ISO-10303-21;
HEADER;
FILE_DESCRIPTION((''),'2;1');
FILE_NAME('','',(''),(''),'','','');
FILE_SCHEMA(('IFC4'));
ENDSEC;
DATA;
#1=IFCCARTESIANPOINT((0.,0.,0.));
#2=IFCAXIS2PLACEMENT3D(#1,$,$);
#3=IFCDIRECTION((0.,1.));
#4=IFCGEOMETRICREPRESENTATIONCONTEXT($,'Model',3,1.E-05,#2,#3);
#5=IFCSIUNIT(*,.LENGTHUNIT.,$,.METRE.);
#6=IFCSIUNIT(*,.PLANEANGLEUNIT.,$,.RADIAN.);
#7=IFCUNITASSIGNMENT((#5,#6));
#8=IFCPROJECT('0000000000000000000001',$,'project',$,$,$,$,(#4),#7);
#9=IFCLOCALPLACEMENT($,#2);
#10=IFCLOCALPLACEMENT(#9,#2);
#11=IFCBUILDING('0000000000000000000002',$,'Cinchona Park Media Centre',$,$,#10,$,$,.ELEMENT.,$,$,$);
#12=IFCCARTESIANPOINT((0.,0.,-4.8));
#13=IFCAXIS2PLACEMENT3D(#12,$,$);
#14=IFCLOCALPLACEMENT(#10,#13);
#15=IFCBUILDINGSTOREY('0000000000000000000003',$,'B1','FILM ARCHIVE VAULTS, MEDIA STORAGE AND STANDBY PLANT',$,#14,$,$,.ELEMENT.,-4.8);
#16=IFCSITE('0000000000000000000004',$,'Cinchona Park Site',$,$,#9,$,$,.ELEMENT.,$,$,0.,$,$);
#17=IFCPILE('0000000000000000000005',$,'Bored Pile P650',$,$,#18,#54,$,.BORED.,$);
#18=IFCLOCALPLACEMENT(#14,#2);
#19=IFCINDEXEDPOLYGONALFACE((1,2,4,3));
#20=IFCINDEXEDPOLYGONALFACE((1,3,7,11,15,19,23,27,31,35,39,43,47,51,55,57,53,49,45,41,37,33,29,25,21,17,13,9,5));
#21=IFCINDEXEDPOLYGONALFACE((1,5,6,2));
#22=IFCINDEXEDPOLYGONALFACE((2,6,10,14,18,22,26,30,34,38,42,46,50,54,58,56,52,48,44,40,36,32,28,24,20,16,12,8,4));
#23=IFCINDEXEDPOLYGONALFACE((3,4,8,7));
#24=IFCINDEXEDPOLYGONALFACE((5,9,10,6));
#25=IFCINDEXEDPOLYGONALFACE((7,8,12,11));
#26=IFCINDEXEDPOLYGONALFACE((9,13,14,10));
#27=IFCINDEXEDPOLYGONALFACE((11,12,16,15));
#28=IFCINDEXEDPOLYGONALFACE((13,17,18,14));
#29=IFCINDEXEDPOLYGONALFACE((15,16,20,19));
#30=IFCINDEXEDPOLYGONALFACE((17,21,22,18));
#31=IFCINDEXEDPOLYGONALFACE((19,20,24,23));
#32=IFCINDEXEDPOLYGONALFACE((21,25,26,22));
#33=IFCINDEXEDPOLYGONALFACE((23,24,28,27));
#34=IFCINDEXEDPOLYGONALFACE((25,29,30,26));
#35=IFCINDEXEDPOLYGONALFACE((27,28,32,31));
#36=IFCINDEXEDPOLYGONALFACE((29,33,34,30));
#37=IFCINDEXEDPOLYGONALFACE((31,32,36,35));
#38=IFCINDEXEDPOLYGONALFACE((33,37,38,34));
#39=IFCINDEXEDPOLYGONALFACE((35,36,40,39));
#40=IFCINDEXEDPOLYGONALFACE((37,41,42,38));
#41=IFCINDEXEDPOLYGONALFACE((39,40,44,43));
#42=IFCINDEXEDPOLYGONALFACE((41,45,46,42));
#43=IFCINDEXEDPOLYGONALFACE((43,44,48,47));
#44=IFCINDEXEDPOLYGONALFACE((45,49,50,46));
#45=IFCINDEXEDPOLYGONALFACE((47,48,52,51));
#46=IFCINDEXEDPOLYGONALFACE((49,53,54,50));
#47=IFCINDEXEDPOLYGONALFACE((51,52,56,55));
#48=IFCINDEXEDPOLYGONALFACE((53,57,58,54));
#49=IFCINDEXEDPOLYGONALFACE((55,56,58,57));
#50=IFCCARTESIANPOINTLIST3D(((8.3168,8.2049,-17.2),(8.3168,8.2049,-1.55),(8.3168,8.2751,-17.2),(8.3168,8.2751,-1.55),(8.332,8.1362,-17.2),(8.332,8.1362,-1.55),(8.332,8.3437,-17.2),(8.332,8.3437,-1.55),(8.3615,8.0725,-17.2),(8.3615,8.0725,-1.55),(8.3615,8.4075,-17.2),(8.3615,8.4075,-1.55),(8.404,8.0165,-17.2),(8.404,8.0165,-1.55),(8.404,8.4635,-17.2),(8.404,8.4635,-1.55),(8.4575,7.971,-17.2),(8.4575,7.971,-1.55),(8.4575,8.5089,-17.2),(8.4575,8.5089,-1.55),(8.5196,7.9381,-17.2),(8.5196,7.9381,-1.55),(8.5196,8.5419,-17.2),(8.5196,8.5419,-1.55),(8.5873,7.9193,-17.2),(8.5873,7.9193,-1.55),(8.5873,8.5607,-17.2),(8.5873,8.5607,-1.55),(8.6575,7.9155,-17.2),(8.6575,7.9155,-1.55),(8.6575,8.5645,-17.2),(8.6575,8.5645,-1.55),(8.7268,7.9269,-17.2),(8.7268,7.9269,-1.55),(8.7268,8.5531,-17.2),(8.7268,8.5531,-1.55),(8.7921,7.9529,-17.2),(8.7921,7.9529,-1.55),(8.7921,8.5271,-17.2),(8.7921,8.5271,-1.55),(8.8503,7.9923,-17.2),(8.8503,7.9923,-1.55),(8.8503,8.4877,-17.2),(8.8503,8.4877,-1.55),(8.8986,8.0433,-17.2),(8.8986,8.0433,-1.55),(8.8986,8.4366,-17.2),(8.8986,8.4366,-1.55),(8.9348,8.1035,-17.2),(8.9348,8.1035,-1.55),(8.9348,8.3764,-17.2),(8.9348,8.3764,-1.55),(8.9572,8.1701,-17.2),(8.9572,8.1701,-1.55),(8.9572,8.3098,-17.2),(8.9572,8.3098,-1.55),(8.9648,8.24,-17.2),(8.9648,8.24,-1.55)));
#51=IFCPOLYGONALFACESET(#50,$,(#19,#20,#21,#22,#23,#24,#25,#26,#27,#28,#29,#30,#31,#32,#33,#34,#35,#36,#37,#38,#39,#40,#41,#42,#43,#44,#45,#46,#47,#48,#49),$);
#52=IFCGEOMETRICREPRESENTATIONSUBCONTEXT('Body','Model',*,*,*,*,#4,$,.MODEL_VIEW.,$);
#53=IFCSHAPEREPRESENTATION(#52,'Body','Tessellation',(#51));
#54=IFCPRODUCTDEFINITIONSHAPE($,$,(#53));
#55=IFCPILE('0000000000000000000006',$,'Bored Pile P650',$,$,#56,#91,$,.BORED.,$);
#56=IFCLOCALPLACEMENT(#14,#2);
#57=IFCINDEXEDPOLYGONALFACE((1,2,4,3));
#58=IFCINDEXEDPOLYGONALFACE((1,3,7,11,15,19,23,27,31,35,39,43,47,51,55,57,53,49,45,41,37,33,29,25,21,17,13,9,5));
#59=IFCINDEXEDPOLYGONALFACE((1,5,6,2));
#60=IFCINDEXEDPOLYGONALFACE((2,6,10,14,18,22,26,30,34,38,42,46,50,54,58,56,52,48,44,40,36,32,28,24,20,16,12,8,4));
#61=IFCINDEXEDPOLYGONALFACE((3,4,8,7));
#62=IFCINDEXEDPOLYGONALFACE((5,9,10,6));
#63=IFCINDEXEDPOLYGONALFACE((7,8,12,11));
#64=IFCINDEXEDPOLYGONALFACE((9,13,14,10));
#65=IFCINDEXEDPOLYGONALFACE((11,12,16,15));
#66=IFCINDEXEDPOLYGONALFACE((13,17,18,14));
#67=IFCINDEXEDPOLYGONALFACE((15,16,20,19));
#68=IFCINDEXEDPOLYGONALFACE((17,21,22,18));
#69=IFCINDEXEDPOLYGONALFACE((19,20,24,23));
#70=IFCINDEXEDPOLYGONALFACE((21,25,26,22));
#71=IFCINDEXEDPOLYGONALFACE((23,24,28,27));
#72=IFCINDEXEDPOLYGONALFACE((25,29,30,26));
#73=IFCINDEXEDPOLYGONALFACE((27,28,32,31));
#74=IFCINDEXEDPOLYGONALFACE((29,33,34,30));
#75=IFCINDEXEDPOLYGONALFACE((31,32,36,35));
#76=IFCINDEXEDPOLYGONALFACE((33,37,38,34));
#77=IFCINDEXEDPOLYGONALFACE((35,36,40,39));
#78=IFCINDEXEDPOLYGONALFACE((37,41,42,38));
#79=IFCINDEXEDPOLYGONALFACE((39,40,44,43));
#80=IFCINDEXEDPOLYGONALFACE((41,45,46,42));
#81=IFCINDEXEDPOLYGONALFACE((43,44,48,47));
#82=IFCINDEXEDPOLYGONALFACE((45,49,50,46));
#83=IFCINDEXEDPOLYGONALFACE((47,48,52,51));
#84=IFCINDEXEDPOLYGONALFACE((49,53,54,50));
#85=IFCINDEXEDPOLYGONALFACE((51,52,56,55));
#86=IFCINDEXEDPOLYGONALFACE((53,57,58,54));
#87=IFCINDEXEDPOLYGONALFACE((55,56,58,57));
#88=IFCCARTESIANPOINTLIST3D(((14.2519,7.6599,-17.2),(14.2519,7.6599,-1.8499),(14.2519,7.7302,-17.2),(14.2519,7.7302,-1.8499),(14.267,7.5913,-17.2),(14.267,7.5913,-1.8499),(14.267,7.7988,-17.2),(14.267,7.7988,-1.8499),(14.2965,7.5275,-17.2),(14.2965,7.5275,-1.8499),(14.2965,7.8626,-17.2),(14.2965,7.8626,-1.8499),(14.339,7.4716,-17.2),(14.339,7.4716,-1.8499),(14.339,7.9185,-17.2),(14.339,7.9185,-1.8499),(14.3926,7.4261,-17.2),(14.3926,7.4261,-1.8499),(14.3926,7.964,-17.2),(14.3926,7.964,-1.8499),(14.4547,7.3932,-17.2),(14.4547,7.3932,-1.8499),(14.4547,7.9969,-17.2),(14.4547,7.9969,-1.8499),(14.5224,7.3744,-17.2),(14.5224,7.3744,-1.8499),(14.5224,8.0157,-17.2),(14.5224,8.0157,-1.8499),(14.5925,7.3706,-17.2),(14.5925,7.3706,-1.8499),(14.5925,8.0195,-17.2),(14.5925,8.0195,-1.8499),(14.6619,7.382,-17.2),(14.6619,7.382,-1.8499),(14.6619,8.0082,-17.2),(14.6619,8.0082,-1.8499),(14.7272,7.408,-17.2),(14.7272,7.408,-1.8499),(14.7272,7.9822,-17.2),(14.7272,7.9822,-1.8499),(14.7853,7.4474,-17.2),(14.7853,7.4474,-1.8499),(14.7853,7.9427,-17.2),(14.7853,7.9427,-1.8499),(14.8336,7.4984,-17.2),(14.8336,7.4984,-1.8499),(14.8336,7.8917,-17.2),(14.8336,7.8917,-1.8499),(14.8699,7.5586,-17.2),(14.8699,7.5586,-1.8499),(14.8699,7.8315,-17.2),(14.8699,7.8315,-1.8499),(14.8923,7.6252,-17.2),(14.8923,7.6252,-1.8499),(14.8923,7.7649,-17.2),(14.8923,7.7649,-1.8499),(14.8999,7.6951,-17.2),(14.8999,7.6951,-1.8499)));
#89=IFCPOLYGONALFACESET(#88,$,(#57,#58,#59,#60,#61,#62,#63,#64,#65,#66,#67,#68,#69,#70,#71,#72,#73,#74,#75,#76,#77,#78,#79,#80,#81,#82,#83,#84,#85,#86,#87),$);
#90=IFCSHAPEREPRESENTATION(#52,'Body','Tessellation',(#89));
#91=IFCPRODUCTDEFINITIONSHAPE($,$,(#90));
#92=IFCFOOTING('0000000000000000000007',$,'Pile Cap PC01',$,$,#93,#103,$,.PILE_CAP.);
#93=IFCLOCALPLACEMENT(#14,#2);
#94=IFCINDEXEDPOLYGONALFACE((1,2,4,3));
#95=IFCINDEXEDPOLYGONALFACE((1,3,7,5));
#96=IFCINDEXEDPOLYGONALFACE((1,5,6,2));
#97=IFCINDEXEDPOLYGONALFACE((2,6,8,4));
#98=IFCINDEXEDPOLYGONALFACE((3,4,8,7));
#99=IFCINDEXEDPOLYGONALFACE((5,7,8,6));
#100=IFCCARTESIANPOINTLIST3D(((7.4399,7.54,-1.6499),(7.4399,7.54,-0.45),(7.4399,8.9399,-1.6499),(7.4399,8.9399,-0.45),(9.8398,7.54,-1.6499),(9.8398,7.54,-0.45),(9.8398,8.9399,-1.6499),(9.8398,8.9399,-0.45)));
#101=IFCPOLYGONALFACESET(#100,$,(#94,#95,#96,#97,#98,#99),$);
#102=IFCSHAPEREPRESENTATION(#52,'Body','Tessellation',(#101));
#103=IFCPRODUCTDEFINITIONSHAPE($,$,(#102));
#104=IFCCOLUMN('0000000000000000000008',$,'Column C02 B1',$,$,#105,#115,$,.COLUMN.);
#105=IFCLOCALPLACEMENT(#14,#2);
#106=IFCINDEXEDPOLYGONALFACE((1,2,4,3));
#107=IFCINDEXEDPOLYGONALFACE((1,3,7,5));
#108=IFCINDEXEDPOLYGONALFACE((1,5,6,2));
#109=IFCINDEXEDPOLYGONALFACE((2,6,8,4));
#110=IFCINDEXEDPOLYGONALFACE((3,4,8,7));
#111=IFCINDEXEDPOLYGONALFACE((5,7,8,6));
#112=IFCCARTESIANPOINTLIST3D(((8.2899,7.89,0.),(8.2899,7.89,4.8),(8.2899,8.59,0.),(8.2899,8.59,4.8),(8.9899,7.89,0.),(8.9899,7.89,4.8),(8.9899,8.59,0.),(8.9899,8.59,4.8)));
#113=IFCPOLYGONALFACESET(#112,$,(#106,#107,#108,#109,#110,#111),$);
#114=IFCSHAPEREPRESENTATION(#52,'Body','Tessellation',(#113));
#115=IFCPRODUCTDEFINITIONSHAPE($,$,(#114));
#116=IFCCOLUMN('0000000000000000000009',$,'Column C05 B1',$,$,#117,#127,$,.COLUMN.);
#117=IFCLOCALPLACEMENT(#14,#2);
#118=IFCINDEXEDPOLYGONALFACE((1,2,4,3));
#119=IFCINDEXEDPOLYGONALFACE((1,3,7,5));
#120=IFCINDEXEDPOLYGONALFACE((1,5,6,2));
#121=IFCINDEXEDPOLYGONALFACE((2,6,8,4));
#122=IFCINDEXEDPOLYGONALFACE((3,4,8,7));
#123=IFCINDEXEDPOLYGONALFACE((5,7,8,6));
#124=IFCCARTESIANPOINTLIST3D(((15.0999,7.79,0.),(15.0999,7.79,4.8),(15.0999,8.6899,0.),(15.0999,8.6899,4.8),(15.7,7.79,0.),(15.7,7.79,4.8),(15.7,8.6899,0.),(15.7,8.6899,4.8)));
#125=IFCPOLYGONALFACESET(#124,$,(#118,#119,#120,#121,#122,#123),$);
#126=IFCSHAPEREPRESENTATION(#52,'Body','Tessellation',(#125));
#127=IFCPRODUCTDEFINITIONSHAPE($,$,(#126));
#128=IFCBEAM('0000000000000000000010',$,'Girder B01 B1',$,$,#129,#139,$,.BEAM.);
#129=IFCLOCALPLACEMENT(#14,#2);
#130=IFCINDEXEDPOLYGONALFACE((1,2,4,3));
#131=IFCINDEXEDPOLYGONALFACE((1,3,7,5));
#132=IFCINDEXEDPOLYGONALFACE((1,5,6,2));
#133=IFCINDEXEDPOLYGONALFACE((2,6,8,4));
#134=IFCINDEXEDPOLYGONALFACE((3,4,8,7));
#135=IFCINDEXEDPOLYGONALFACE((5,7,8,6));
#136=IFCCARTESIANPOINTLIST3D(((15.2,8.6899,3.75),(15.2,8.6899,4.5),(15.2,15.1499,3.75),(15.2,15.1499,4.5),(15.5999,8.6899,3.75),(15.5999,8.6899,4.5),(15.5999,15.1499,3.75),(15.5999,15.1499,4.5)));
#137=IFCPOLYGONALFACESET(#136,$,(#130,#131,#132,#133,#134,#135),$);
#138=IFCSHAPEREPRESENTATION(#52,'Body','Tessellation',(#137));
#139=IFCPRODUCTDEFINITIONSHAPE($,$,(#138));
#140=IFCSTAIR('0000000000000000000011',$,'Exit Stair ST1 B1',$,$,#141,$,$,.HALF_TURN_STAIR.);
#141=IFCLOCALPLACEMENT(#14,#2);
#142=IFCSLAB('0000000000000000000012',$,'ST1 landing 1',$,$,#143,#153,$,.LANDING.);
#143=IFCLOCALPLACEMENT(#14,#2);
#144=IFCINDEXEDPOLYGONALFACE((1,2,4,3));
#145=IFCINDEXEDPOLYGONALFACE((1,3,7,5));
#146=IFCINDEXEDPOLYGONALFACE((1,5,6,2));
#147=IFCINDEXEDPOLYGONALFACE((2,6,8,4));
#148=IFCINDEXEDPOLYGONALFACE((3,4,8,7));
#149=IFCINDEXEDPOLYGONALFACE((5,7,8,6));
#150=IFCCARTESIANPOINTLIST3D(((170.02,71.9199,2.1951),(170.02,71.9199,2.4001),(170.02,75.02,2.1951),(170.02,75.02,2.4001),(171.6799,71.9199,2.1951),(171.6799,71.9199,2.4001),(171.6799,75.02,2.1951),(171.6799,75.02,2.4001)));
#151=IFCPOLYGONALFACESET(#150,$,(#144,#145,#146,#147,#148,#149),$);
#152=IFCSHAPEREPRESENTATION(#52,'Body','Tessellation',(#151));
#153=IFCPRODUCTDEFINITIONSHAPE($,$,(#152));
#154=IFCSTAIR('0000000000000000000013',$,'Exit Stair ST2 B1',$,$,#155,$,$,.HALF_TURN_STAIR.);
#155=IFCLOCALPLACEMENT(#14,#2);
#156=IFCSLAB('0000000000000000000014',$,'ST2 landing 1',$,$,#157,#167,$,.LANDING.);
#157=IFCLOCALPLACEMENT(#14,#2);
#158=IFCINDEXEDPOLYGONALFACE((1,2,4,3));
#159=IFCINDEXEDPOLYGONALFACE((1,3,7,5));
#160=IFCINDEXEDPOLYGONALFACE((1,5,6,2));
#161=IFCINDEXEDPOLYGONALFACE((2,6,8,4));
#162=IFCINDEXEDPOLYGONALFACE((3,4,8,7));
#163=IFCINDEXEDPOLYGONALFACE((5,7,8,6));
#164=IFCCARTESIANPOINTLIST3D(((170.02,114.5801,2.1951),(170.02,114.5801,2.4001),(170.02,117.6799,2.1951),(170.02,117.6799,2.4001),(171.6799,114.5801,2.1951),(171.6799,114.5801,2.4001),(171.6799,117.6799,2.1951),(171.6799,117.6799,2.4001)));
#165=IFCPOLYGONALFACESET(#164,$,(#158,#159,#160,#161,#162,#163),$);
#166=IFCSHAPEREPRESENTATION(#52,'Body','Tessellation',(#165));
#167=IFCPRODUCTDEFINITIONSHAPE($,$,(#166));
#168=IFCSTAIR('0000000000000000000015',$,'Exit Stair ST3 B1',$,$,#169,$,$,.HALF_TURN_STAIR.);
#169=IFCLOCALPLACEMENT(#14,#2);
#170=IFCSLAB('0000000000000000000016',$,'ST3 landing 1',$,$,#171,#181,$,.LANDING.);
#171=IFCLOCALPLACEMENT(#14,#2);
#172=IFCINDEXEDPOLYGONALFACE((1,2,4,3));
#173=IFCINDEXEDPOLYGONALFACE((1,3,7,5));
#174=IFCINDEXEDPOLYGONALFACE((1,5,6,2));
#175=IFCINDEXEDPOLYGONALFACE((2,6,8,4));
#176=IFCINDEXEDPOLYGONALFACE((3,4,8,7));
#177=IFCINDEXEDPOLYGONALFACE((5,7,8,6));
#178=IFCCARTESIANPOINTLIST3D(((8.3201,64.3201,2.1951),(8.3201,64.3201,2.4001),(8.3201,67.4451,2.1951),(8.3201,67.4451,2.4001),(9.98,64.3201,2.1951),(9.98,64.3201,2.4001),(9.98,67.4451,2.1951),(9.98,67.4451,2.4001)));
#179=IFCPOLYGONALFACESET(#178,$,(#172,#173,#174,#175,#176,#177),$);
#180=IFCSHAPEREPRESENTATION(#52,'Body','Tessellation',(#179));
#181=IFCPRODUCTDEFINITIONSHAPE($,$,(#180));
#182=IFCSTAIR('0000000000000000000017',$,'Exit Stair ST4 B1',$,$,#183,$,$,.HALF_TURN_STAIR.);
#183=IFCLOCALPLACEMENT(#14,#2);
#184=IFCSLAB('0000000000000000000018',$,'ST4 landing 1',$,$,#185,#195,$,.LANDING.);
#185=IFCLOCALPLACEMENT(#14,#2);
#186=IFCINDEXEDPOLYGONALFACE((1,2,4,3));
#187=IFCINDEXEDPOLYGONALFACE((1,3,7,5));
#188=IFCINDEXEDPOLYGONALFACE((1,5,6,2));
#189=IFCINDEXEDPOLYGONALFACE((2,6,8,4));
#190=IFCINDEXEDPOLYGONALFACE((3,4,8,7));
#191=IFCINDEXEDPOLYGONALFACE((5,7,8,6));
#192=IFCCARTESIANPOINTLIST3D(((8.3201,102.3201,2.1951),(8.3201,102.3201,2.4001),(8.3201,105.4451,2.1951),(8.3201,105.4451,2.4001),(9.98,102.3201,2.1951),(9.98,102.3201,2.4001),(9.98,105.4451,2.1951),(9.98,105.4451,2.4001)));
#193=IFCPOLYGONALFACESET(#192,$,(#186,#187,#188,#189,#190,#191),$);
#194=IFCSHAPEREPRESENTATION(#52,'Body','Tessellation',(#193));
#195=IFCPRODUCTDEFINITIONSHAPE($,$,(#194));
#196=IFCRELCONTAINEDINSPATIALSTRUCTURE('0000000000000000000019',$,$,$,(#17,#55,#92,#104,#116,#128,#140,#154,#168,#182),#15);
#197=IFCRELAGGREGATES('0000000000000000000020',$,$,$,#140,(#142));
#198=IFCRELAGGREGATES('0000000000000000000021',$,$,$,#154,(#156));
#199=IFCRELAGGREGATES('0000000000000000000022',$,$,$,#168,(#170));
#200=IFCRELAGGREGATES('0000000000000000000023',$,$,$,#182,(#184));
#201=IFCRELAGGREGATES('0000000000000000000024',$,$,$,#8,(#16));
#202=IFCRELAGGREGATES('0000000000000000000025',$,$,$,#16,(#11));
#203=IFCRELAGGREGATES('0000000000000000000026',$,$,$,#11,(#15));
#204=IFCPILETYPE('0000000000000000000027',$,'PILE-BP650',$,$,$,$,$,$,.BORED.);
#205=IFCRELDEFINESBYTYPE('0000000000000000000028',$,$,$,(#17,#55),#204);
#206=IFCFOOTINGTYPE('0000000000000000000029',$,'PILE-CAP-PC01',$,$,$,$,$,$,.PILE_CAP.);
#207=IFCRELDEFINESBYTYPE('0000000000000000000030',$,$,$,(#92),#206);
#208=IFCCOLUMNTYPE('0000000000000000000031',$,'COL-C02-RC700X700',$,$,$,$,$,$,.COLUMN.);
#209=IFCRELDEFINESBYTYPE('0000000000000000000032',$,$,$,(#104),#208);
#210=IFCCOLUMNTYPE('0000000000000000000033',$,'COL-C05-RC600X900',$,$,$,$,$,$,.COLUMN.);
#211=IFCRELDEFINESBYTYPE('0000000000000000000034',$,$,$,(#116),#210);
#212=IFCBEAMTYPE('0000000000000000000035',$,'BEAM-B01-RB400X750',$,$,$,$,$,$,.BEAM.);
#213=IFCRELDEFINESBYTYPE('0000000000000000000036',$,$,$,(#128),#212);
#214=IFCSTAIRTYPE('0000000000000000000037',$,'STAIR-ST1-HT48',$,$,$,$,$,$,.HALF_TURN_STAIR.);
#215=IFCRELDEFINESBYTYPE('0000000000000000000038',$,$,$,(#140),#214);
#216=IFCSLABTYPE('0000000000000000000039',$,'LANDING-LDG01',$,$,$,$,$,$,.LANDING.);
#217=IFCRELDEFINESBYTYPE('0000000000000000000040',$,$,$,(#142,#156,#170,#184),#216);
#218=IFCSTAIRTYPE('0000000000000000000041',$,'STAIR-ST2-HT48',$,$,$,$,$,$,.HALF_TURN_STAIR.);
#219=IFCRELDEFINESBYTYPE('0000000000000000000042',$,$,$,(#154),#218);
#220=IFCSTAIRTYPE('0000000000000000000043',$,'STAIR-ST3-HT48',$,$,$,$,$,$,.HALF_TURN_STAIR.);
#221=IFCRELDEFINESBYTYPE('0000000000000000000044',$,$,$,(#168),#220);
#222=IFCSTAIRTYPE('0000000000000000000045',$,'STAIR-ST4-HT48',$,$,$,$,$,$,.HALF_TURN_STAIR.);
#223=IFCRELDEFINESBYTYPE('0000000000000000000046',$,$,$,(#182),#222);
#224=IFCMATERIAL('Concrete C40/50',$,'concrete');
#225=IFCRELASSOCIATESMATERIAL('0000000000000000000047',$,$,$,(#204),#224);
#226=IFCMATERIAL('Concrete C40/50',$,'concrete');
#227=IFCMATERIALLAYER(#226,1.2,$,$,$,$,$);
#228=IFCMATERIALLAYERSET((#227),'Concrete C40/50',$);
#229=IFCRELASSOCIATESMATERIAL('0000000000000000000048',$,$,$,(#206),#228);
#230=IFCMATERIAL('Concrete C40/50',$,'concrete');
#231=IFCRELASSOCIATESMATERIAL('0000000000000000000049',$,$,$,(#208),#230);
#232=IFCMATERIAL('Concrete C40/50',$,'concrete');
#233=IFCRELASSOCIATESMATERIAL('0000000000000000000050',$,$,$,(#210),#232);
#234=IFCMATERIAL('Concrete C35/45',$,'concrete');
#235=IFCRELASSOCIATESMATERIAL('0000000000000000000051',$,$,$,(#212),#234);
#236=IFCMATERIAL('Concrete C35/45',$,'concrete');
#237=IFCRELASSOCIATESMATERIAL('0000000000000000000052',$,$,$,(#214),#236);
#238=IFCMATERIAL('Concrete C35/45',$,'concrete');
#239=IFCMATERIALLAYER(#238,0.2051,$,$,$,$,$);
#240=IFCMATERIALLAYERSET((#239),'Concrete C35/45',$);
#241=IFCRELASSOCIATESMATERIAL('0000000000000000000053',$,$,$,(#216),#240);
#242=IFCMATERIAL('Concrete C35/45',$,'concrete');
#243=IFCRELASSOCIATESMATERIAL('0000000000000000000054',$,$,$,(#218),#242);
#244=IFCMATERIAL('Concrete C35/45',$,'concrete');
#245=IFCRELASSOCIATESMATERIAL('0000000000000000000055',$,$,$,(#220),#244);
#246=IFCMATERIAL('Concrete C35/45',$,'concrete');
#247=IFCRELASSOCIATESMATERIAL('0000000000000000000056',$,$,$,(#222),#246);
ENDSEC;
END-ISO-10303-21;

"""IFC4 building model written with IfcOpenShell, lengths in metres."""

from ifc_helpers import new_model, si_unit, direction, frame, origin, origin_2d, place, context, subcontext, project, spatial, polyline, rectangle, circle, outline, extrude, material, layer, layer_set, material_profile, profile_set, type_object, element, aggregate, save


model = new_model("IFC4")

# Units and contexts
model_context = context("Model", 3, precision=1e-05, world=origin(), true_north=direction((0.0, 1.0)))
body_context = subcontext(model_context, "Body", "Model", "MODEL_VIEW")
ifc_project = project(units=[si_unit("LENGTHUNIT", "METRE"), si_unit("PLANEANGLEUNIT", "RADIAN")], contexts=[model_context])

# Site, building, storey
site_placement = place(None, origin())
site = spatial("IfcSite", under=ifc_project, at=site_placement, Name="Cinchona Park Site", CompositionType="ELEMENT", RefElevation=0.0)
building_placement = place(site_placement, origin())
building = spatial("IfcBuilding", under=site, at=building_placement, Name="Cinchona Park Media Centre", CompositionType="ELEMENT")
storey_placement = place(building_placement, frame((0.0, 0.0, -4.8)))
storey = spatial("IfcBuildingStorey", under=building, at=storey_placement, Name="B1", Description="FILM ARCHIVE VAULTS, MEDIA STORAGE AND STANDBY PLANT", CompositionType="ELEMENT", Elevation=-4.8)

# Piles
ifc_material_1 = material(Name="Concrete C40/50", Category="concrete")
ifc_material_profile_1 = material_profile(ifc_material_1, circle(Radius=0.325, at=origin_2d()), Name="BORED PILE 650")
ifc_profile_set_1 = profile_set([ifc_material_profile_1], Name="Concrete C40/50")
pile_type = type_object("IfcPileType", Name="PILE-BP650", PredefinedType="BORED", material=ifc_profile_set_1)
pile_1_placement = place(storey_placement, frame((8.6399, 8.24, -1.55), z_axis=(0.0, 0.0, -1.0), x_axis=(1.0, 0.0, 0.0)))
element("IfcPile", 1, at=pile_1_placement, inside=storey, type_object=pile_type, Name="Bored Pile P650", PredefinedType="BORED", context=body_context, shape_type="SweptSolid", body=[
    extrude(circle(Radius=0.325, at=origin_2d()), origin(), (0.0, 0.0, 1.0), 15.6499),
])
pile_2_placement = place(storey_placement, frame((14.575, 7.6951, -1.8499), z_axis=(0.0, 0.0, -1.0), x_axis=(1.0, 0.0, 0.0)))
element("IfcPile", 2, at=pile_2_placement, inside=storey, type_object=pile_type, Name="Bored Pile P650", PredefinedType="BORED", context=body_context, shape_type="SweptSolid", body=[
    extrude(circle(Radius=0.325, at=origin_2d()), origin(), (0.0, 0.0, 1.0), 15.3501),
])

# Footing
ifc_material_2 = material(Name="Concrete C40/50", Category="concrete")
ifc_layer_1 = layer(ifc_material_2, 1.2)
ifc_layer_set_1 = layer_set([ifc_layer_1], Name="Concrete C40/50")
footing_type = type_object("IfcFootingType", Name="PILE-CAP-PC01", PredefinedType="PILE_CAP", material=ifc_layer_set_1)
footing_placement = place(storey_placement, frame((8.6399, 8.24, -1.6499), z_axis=(0.0, 0.0, 1.0), x_axis=(1.0, 0.0, 0.0)))
element("IfcFooting", 3, at=footing_placement, inside=storey, type_object=footing_type, Name="Pile Cap PC01", PredefinedType="PILE_CAP", context=body_context, shape_type="SweptSolid", body=[
    extrude(rectangle(XDim=2.3999, YDim=1.3999, at=origin_2d()), origin(), (0.0, 0.0, 1.0), 1.2),
])

# Columns
ifc_material_3 = material(Name="Concrete C40/50", Category="concrete")
ifc_material_profile_2 = material_profile(ifc_material_3, rectangle(XDim=0.7, YDim=0.7, at=origin_2d()), Name="RC 700X700")
ifc_profile_set_2 = profile_set([ifc_material_profile_2], Name="Concrete C40/50")
column_type_1 = type_object("IfcColumnType", Name="COL-C02-RC700X700", PredefinedType="COLUMN", material=ifc_profile_set_2)
column_1_placement = place(storey_placement, frame((8.6399, 8.24, 0.0), z_axis=(0.0, 0.0, 1.0), x_axis=(1.0, 0.0, 0.0)))
element("IfcColumn", 4, at=column_1_placement, inside=storey, type_object=column_type_1, Name="Column C02 B1", PredefinedType="COLUMN", context=body_context, shape_type="SweptSolid", body=[
    extrude(rectangle(XDim=0.7, YDim=0.7, at=origin_2d()), origin(), (0.0, 0.0, 1.0), 4.8),
])
ifc_material_4 = material(Name="Concrete C40/50", Category="concrete")
ifc_material_profile_3 = material_profile(ifc_material_4, rectangle(XDim=0.6001, YDim=0.8999, at=origin_2d()), Name="RC 600X900")
ifc_profile_set_3 = profile_set([ifc_material_profile_3], Name="Concrete C40/50")
column_type_2 = type_object("IfcColumnType", Name="COL-C05-RC600X900", PredefinedType="COLUMN", material=ifc_profile_set_3)
column_2_placement = place(storey_placement, frame((15.3999, 8.24, 0.0), z_axis=(0.0, 0.0, 1.0), x_axis=(1.0, 0.0, 0.0)))
element("IfcColumn", 5, at=column_2_placement, inside=storey, type_object=column_type_2, Name="Column C05 B1", PredefinedType="COLUMN", context=body_context, shape_type="SweptSolid", body=[
    extrude(rectangle(XDim=0.6001, YDim=0.8999, at=origin_2d()), origin(), (0.0, 0.0, 1.0), 4.8),
])

# Beam
ifc_material_5 = material(Name="Concrete C35/45", Category="concrete")
ifc_material_profile_4 = material_profile(ifc_material_5, rectangle(XDim=0.3999, YDim=0.75, at=origin_2d()), Name="RB 400X750")
ifc_profile_set_4 = profile_set([ifc_material_profile_4], Name="Concrete C35/45")
beam_type = type_object("IfcBeamType", Name="BEAM-B01-RB400X750", PredefinedType="BEAM", material=ifc_profile_set_4)
beam_placement = place(storey_placement, frame((15.3999, 8.6899, 4.125), z_axis=(0.0, 1.0, 0.0), x_axis=(-1.0, 0.0, 0.0)))
element("IfcBeam", 6, at=beam_placement, inside=storey, type_object=beam_type, Name="Girder B01 B1", PredefinedType="BEAM", context=body_context, shape_type="SweptSolid", body=[
    extrude(rectangle(XDim=0.3999, YDim=0.75, at=origin_2d()), origin(), (0.0, 0.0, 1.0), 6.46),
])

# Stairs, slabs
ifc_material_6 = material(Name="Concrete C35/45", Category="concrete")
stair_type_1 = type_object("IfcStairType", Name="STAIR-ST1-HT48", PredefinedType="HALF_TURN_STAIR", material=ifc_material_6)
stair_1_placement = place(storey_placement, origin())
stair_1 = element("IfcStair", 7, at=stair_1_placement, inside=storey, type_object=stair_type_1, Name="Exit Stair ST1 B1", PredefinedType="HALF_TURN_STAIR")
ifc_material_7 = material(Name="Concrete C35/45", Category="concrete")
ifc_layer_2 = layer(ifc_material_7, 0.2051)
ifc_layer_set_2 = layer_set([ifc_layer_2], Name="Concrete C35/45")
slab_type_1 = type_object("IfcSlabType", Name="LANDING-LDG01", PredefinedType="LANDING", material=ifc_layer_set_2)
slab_1_placement = place(storey_placement, frame((0.0, 0.0, 2.1951)))
slab_1 = element("IfcSlab", 8, at=slab_1_placement, type_object=slab_type_1, Name="ST1 landing 1", PredefinedType="LANDING", context=body_context, shape_type="SweptSolid", body=[
    extrude(outline(polyline([(170.02, 71.9199), (171.6799, 71.9199), (171.6799, 75.02), (170.02, 75.02), (170.02, 71.9199)])), origin(), (0.0, 0.0, 1.0), 0.2051),
])
aggregate(stair_1, [slab_1])
ifc_material_8 = material(Name="Concrete C35/45", Category="concrete")
stair_type_2 = type_object("IfcStairType", Name="STAIR-ST2-HT48", PredefinedType="HALF_TURN_STAIR", material=ifc_material_8)
stair_2_placement = place(storey_placement, origin())
stair_2 = element("IfcStair", 9, at=stair_2_placement, inside=storey, type_object=stair_type_2, Name="Exit Stair ST2 B1", PredefinedType="HALF_TURN_STAIR")
slab_2_placement = place(storey_placement, frame((0.0, 0.0, 2.1951)))
slab_2 = element("IfcSlab", 10, at=slab_2_placement, type_object=slab_type_1, Name="ST2 landing 1", PredefinedType="LANDING", context=body_context, shape_type="SweptSolid", body=[
    extrude(outline(polyline([(170.02, 114.5801), (171.6799, 114.5801), (171.6799, 117.6799), (170.02, 117.6799), (170.02, 114.5801)])), origin(), (0.0, 0.0, 1.0), 0.2051),
])
aggregate(stair_2, [slab_2])
ifc_material_9 = material(Name="Concrete C35/45", Category="concrete")
stair_type_3 = type_object("IfcStairType", Name="STAIR-ST3-HT48", PredefinedType="HALF_TURN_STAIR", material=ifc_material_9)
stair_3_placement = place(storey_placement, origin())
stair_3 = element("IfcStair", 11, at=stair_3_placement, inside=storey, type_object=stair_type_3, Name="Exit Stair ST3 B1", PredefinedType="HALF_TURN_STAIR")
slab_3_placement = place(storey_placement, frame((0.0, 0.0, 2.1951)))
slab_3 = element("IfcSlab", 12, at=slab_3_placement, type_object=slab_type_1, Name="ST3 landing 1", PredefinedType="LANDING", context=body_context, shape_type="SweptSolid", body=[
    extrude(outline(polyline([(8.3201, 64.3201), (9.98, 64.3201), (9.98, 67.4451), (8.3201, 67.4451), (8.3201, 64.3201)])), origin(), (0.0, 0.0, 1.0), 0.2051),
])
aggregate(stair_3, [slab_3])
ifc_material_10 = material(Name="Concrete C35/45", Category="concrete")
stair_type_4 = type_object("IfcStairType", Name="STAIR-ST4-HT48", PredefinedType="HALF_TURN_STAIR", material=ifc_material_10)
stair_4_placement = place(storey_placement, origin())
stair_4 = element("IfcStair", 13, at=stair_4_placement, inside=storey, type_object=stair_type_4, Name="Exit Stair ST4 B1", PredefinedType="HALF_TURN_STAIR")
slab_4_placement = place(storey_placement, frame((0.0, 0.0, 2.1951)))
slab_4 = element("IfcSlab", 14, at=slab_4_placement, type_object=slab_type_1, Name="ST4 landing 1", PredefinedType="LANDING", context=body_context, shape_type="SweptSolid", body=[
    extrude(outline(polyline([(8.3201, 102.3201), (9.98, 102.3201), (9.98, 105.4451), (8.3201, 105.4451), (8.3201, 102.3201)])), origin(), (0.0, 0.0, 1.0), 0.2051),
])
aggregate(stair_4, [slab_4])

save(model, "model.ifc")
